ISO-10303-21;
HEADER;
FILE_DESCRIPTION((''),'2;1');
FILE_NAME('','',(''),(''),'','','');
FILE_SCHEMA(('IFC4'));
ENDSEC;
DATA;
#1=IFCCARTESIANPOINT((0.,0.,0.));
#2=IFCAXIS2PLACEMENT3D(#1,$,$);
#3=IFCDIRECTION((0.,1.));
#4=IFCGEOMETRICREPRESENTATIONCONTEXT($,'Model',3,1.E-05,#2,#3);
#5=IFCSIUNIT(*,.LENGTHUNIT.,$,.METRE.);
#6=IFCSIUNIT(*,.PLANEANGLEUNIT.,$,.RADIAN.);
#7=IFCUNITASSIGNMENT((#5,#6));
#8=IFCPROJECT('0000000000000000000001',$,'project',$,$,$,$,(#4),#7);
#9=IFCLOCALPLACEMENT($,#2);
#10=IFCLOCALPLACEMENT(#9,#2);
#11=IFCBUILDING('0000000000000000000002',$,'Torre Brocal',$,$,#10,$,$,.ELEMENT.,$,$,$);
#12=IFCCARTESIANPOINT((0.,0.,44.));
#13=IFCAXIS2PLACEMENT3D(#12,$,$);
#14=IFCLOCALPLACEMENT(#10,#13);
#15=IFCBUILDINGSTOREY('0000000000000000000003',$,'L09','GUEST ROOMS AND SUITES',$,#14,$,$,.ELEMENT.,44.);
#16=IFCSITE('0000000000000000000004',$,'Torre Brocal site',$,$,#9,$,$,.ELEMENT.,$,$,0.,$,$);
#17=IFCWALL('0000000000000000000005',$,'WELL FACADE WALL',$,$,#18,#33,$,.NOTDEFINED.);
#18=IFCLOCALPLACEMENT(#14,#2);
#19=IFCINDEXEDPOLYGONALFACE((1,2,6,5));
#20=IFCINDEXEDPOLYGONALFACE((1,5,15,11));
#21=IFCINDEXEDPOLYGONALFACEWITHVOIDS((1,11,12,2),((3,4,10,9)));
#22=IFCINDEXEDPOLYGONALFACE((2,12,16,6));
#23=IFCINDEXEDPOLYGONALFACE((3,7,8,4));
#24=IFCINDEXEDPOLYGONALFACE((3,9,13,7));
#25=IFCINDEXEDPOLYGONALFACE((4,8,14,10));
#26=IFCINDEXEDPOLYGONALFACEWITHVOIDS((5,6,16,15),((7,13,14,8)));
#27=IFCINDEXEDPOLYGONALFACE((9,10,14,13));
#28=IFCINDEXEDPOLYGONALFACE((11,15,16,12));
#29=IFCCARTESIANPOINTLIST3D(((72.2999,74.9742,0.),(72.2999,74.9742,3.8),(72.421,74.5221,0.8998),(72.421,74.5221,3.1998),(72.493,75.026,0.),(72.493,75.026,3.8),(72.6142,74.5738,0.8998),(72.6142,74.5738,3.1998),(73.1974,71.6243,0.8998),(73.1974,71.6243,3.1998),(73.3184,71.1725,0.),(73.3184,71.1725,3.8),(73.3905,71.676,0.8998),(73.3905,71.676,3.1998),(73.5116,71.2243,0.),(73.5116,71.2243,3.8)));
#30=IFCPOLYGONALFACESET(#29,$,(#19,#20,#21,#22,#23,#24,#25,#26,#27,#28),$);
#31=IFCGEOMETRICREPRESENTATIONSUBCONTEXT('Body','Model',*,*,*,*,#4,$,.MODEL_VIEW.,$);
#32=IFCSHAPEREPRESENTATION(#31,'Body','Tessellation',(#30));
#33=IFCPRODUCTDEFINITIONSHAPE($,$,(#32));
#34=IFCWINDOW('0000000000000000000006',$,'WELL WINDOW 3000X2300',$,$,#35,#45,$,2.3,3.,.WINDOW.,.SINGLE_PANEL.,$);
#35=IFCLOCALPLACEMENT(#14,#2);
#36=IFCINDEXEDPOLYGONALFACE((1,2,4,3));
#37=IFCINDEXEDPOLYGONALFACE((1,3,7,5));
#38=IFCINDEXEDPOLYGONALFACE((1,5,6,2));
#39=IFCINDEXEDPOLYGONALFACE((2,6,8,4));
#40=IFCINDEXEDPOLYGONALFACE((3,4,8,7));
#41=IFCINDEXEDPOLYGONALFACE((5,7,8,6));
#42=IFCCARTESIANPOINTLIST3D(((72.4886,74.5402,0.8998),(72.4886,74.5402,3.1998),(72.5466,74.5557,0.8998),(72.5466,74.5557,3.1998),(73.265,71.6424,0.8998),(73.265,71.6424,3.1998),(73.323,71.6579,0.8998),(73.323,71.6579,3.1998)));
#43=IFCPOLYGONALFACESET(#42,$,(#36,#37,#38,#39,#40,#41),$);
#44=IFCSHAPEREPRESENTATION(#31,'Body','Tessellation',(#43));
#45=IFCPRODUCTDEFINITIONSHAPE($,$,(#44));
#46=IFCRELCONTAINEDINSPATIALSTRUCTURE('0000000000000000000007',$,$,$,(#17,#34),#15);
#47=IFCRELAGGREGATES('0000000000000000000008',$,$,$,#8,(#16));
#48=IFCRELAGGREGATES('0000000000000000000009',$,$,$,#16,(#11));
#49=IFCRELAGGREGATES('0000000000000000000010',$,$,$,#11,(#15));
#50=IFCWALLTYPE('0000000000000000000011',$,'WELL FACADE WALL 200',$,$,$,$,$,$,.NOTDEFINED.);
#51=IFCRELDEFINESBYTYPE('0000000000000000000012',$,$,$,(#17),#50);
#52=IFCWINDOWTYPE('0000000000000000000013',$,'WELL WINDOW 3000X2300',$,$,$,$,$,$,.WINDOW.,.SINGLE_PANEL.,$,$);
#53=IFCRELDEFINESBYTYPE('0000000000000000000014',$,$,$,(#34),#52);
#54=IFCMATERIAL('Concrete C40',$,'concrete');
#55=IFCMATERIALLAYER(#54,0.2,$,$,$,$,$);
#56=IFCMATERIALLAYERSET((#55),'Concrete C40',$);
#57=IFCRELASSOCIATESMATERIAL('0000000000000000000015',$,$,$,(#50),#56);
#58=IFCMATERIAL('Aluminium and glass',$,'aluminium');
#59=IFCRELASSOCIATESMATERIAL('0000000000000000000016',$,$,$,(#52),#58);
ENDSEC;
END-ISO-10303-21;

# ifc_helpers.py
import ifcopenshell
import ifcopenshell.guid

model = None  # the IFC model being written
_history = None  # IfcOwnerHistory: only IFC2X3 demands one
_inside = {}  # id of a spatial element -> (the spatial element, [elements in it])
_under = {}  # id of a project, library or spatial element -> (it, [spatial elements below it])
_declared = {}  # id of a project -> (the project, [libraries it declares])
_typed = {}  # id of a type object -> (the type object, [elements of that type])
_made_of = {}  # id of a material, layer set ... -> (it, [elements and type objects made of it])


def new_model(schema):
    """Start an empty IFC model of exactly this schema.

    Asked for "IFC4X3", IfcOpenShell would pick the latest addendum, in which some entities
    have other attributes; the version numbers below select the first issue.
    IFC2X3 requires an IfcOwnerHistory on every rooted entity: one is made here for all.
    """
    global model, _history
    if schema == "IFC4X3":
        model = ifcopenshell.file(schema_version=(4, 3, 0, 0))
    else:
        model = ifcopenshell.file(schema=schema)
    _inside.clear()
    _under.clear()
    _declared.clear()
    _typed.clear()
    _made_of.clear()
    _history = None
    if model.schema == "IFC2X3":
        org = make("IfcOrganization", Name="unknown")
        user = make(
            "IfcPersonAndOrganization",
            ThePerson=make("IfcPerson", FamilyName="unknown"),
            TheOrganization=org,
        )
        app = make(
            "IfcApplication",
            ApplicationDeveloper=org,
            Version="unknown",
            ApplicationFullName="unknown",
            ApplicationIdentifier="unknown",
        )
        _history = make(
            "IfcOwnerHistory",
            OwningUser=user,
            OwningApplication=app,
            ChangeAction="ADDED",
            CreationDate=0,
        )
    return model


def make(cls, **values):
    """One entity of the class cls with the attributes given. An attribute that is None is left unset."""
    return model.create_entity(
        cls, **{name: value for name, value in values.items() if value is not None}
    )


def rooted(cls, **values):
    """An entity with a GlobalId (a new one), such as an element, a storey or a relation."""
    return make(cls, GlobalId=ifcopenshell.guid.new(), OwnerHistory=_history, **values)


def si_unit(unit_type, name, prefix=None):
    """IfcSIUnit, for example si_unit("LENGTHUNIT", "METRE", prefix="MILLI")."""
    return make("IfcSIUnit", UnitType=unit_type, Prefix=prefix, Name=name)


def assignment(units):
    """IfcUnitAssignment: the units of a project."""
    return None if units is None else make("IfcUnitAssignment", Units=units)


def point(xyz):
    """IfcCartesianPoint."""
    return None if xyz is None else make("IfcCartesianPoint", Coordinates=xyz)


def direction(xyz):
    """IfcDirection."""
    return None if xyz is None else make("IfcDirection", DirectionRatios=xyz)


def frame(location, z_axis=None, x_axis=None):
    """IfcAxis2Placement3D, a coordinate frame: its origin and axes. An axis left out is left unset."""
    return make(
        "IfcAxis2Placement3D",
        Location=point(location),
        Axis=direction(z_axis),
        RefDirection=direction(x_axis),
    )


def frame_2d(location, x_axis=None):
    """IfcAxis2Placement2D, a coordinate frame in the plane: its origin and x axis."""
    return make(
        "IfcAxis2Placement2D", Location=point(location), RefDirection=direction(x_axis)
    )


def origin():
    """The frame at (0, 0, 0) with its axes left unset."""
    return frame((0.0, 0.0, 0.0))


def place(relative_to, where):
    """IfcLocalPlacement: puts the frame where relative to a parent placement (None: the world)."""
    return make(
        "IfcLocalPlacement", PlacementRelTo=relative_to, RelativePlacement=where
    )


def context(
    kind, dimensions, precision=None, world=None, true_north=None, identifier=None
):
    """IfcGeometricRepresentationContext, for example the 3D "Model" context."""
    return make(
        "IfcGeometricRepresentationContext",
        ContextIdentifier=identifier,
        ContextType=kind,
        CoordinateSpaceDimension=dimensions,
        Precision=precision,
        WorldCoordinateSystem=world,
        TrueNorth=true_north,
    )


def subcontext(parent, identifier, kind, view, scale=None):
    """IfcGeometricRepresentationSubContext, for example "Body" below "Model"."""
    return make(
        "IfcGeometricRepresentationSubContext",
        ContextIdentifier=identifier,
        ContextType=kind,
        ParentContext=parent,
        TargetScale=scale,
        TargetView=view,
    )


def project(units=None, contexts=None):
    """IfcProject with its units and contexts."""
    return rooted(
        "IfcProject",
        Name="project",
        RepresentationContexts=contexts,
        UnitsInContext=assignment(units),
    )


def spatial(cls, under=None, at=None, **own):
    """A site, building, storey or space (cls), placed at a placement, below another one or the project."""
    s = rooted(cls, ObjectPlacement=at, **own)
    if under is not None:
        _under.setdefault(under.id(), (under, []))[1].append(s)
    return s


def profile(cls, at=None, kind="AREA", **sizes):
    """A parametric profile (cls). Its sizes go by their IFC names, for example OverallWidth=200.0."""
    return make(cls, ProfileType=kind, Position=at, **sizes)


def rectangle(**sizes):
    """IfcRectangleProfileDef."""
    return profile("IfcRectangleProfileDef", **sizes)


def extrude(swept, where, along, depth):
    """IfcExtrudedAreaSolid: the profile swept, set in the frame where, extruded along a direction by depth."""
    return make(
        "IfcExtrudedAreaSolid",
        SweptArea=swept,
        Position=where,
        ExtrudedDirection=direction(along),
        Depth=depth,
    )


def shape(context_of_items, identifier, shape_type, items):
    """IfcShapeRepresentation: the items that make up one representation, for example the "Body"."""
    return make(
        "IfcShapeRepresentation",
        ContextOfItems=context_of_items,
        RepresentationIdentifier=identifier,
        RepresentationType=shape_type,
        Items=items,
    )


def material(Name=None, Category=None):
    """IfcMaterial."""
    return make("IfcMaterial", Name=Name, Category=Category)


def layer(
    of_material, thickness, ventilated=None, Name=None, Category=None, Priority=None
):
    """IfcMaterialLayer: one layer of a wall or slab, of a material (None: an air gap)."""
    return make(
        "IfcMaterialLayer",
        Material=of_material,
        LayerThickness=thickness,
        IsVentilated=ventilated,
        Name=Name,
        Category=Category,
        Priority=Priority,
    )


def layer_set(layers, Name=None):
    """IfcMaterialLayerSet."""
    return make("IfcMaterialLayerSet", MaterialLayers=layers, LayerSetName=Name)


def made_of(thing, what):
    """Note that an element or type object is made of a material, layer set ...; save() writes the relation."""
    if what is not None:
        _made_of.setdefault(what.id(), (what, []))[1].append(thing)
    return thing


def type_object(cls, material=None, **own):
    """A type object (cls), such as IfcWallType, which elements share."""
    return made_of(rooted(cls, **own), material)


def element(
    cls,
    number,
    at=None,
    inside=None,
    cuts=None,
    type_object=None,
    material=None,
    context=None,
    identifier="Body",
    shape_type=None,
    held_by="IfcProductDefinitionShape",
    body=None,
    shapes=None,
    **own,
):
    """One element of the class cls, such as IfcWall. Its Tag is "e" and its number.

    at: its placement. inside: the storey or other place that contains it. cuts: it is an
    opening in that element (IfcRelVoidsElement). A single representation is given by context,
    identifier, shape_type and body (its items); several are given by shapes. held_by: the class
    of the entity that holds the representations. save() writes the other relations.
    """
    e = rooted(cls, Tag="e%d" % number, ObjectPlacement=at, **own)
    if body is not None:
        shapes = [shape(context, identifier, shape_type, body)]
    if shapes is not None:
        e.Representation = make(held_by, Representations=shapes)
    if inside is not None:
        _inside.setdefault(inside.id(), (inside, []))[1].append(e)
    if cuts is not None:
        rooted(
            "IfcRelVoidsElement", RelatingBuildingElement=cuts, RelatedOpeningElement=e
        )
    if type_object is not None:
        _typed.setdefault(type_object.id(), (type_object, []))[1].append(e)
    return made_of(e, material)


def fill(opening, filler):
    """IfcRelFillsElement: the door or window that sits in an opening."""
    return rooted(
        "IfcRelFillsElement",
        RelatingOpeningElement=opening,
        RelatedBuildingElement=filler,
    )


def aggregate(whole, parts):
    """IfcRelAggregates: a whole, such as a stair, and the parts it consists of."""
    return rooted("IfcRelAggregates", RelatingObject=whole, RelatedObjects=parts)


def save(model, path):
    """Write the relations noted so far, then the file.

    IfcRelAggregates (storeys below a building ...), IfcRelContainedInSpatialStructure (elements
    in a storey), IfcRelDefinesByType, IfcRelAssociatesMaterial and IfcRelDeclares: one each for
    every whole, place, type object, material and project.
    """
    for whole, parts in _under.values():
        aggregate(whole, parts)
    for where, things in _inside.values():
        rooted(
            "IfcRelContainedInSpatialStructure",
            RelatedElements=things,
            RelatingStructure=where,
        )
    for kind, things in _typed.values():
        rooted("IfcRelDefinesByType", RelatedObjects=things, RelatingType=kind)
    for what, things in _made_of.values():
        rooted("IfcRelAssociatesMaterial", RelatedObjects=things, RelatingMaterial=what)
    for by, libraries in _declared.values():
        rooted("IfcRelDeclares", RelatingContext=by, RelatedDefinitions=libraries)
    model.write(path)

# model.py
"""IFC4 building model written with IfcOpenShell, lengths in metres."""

from ifc_helpers import new_model, si_unit, direction, frame, frame_2d, origin, place, context, subcontext, project, spatial, rectangle, extrude, material, layer, layer_set, type_object, element, fill, save


model = new_model("IFC4")

# Units and contexts
model_context = context("Model", 3, precision=1e-05, world=origin(), true_north=direction((0.0, 1.0)))
body_context = subcontext(model_context, "Body", "Model", "MODEL_VIEW")
ifc_project = project(units=[si_unit("LENGTHUNIT", "METRE"), si_unit("PLANEANGLEUNIT", "RADIAN")], contexts=[model_context])

# Site, building, storey
site_placement = place(None, origin())
site = spatial("IfcSite", under=ifc_project, at=site_placement, Name="Torre Brocal site", CompositionType="ELEMENT", RefElevation=0.0)
building_placement = place(site_placement, origin())
building = spatial("IfcBuilding", under=site, at=building_placement, Name="Torre Brocal", CompositionType="ELEMENT")
storey_placement = place(building_placement, frame((0.0, 0.0, 44.0)))
storey = spatial("IfcBuildingStorey", under=building, at=storey_placement, Name="L09", Description="GUEST ROOMS AND SUITES", CompositionType="ELEMENT", Elevation=44.0)

# Wall, opening, window
ifc_material_1 = material(Name="Concrete C40", Category="concrete")
ifc_layer_1 = layer(ifc_material_1, 0.2)
ifc_layer_set_1 = layer_set([ifc_layer_1], Name="Concrete C40")
wall_type_1 = type_object("IfcWallType", Name="WELL FACADE WALL 200", PredefinedType="NOTDEFINED", material=ifc_layer_set_1)
ifc_material_2 = material(Name="Aluminium and glass", Category="aluminium")
window_type = type_object("IfcWindowType", Name="WELL WINDOW 3000X2300", PartitioningType="SINGLE_PANEL", PredefinedType="WINDOW", material=ifc_material_2)
wall_1_placement = place(storey_placement, frame((72.3965, 75.0, 0.0), z_axis=(0.0, 0.0, 1.0), x_axis=(0.25879, -0.965934, 0.0)))
wall_1 = element("IfcWall", 1, at=wall_1_placement, inside=storey, type_object=wall_type_1, Name="WELL FACADE WALL", PredefinedType="NOTDEFINED", context=body_context, shape_type="SweptSolid", body=[
    extrude(rectangle(XDim=3.9358, YDim=0.2, at=frame_2d((1.9678, 0.0))), origin(), (0.0, 0.0, 1.0), 3.8),
])
opening_1_placement = place(wall_1_placement, frame((0.468, 0.0, 0.8999)))
opening_1 = element("IfcOpeningElement", 2, at=opening_1_placement, cuts=wall_1, PredefinedType="OPENING", context=body_context, shape_type="SweptSolid", body=[
    extrude(rectangle(XDim=3.0, YDim=2.3, at=frame_2d((1.5, 1.1499))), frame((0.0, 0.1099, 0.0), z_axis=(0.0, -1.0, 0.0), x_axis=(1.0, 0.0, 0.0)), (0.0, 0.0, 1.0), 0.22),
])
window_1_placement = place(opening_1_placement, origin())
window_1 = element("IfcWindow", 3, at=window_1_placement, inside=storey, type_object=window_type, Name="WELL WINDOW 3000X2300", OverallHeight=2.3, OverallWidth=3.0, PartitioningType="SINGLE_PANEL", PredefinedType="WINDOW", context=body_context, shape_type="SweptSolid", body=[
    extrude(rectangle(XDim=3.0, YDim=2.3, at=frame_2d((1.5, 1.1499))), frame((0.0, 0.03, 0.0), z_axis=(0.0, -1.0, 0.0), x_axis=(1.0, 0.0, 0.0)), (0.0, 0.0, 1.0), 0.0601),
])
fill(opening_1, window_1)

save(model, "model.ifc")
